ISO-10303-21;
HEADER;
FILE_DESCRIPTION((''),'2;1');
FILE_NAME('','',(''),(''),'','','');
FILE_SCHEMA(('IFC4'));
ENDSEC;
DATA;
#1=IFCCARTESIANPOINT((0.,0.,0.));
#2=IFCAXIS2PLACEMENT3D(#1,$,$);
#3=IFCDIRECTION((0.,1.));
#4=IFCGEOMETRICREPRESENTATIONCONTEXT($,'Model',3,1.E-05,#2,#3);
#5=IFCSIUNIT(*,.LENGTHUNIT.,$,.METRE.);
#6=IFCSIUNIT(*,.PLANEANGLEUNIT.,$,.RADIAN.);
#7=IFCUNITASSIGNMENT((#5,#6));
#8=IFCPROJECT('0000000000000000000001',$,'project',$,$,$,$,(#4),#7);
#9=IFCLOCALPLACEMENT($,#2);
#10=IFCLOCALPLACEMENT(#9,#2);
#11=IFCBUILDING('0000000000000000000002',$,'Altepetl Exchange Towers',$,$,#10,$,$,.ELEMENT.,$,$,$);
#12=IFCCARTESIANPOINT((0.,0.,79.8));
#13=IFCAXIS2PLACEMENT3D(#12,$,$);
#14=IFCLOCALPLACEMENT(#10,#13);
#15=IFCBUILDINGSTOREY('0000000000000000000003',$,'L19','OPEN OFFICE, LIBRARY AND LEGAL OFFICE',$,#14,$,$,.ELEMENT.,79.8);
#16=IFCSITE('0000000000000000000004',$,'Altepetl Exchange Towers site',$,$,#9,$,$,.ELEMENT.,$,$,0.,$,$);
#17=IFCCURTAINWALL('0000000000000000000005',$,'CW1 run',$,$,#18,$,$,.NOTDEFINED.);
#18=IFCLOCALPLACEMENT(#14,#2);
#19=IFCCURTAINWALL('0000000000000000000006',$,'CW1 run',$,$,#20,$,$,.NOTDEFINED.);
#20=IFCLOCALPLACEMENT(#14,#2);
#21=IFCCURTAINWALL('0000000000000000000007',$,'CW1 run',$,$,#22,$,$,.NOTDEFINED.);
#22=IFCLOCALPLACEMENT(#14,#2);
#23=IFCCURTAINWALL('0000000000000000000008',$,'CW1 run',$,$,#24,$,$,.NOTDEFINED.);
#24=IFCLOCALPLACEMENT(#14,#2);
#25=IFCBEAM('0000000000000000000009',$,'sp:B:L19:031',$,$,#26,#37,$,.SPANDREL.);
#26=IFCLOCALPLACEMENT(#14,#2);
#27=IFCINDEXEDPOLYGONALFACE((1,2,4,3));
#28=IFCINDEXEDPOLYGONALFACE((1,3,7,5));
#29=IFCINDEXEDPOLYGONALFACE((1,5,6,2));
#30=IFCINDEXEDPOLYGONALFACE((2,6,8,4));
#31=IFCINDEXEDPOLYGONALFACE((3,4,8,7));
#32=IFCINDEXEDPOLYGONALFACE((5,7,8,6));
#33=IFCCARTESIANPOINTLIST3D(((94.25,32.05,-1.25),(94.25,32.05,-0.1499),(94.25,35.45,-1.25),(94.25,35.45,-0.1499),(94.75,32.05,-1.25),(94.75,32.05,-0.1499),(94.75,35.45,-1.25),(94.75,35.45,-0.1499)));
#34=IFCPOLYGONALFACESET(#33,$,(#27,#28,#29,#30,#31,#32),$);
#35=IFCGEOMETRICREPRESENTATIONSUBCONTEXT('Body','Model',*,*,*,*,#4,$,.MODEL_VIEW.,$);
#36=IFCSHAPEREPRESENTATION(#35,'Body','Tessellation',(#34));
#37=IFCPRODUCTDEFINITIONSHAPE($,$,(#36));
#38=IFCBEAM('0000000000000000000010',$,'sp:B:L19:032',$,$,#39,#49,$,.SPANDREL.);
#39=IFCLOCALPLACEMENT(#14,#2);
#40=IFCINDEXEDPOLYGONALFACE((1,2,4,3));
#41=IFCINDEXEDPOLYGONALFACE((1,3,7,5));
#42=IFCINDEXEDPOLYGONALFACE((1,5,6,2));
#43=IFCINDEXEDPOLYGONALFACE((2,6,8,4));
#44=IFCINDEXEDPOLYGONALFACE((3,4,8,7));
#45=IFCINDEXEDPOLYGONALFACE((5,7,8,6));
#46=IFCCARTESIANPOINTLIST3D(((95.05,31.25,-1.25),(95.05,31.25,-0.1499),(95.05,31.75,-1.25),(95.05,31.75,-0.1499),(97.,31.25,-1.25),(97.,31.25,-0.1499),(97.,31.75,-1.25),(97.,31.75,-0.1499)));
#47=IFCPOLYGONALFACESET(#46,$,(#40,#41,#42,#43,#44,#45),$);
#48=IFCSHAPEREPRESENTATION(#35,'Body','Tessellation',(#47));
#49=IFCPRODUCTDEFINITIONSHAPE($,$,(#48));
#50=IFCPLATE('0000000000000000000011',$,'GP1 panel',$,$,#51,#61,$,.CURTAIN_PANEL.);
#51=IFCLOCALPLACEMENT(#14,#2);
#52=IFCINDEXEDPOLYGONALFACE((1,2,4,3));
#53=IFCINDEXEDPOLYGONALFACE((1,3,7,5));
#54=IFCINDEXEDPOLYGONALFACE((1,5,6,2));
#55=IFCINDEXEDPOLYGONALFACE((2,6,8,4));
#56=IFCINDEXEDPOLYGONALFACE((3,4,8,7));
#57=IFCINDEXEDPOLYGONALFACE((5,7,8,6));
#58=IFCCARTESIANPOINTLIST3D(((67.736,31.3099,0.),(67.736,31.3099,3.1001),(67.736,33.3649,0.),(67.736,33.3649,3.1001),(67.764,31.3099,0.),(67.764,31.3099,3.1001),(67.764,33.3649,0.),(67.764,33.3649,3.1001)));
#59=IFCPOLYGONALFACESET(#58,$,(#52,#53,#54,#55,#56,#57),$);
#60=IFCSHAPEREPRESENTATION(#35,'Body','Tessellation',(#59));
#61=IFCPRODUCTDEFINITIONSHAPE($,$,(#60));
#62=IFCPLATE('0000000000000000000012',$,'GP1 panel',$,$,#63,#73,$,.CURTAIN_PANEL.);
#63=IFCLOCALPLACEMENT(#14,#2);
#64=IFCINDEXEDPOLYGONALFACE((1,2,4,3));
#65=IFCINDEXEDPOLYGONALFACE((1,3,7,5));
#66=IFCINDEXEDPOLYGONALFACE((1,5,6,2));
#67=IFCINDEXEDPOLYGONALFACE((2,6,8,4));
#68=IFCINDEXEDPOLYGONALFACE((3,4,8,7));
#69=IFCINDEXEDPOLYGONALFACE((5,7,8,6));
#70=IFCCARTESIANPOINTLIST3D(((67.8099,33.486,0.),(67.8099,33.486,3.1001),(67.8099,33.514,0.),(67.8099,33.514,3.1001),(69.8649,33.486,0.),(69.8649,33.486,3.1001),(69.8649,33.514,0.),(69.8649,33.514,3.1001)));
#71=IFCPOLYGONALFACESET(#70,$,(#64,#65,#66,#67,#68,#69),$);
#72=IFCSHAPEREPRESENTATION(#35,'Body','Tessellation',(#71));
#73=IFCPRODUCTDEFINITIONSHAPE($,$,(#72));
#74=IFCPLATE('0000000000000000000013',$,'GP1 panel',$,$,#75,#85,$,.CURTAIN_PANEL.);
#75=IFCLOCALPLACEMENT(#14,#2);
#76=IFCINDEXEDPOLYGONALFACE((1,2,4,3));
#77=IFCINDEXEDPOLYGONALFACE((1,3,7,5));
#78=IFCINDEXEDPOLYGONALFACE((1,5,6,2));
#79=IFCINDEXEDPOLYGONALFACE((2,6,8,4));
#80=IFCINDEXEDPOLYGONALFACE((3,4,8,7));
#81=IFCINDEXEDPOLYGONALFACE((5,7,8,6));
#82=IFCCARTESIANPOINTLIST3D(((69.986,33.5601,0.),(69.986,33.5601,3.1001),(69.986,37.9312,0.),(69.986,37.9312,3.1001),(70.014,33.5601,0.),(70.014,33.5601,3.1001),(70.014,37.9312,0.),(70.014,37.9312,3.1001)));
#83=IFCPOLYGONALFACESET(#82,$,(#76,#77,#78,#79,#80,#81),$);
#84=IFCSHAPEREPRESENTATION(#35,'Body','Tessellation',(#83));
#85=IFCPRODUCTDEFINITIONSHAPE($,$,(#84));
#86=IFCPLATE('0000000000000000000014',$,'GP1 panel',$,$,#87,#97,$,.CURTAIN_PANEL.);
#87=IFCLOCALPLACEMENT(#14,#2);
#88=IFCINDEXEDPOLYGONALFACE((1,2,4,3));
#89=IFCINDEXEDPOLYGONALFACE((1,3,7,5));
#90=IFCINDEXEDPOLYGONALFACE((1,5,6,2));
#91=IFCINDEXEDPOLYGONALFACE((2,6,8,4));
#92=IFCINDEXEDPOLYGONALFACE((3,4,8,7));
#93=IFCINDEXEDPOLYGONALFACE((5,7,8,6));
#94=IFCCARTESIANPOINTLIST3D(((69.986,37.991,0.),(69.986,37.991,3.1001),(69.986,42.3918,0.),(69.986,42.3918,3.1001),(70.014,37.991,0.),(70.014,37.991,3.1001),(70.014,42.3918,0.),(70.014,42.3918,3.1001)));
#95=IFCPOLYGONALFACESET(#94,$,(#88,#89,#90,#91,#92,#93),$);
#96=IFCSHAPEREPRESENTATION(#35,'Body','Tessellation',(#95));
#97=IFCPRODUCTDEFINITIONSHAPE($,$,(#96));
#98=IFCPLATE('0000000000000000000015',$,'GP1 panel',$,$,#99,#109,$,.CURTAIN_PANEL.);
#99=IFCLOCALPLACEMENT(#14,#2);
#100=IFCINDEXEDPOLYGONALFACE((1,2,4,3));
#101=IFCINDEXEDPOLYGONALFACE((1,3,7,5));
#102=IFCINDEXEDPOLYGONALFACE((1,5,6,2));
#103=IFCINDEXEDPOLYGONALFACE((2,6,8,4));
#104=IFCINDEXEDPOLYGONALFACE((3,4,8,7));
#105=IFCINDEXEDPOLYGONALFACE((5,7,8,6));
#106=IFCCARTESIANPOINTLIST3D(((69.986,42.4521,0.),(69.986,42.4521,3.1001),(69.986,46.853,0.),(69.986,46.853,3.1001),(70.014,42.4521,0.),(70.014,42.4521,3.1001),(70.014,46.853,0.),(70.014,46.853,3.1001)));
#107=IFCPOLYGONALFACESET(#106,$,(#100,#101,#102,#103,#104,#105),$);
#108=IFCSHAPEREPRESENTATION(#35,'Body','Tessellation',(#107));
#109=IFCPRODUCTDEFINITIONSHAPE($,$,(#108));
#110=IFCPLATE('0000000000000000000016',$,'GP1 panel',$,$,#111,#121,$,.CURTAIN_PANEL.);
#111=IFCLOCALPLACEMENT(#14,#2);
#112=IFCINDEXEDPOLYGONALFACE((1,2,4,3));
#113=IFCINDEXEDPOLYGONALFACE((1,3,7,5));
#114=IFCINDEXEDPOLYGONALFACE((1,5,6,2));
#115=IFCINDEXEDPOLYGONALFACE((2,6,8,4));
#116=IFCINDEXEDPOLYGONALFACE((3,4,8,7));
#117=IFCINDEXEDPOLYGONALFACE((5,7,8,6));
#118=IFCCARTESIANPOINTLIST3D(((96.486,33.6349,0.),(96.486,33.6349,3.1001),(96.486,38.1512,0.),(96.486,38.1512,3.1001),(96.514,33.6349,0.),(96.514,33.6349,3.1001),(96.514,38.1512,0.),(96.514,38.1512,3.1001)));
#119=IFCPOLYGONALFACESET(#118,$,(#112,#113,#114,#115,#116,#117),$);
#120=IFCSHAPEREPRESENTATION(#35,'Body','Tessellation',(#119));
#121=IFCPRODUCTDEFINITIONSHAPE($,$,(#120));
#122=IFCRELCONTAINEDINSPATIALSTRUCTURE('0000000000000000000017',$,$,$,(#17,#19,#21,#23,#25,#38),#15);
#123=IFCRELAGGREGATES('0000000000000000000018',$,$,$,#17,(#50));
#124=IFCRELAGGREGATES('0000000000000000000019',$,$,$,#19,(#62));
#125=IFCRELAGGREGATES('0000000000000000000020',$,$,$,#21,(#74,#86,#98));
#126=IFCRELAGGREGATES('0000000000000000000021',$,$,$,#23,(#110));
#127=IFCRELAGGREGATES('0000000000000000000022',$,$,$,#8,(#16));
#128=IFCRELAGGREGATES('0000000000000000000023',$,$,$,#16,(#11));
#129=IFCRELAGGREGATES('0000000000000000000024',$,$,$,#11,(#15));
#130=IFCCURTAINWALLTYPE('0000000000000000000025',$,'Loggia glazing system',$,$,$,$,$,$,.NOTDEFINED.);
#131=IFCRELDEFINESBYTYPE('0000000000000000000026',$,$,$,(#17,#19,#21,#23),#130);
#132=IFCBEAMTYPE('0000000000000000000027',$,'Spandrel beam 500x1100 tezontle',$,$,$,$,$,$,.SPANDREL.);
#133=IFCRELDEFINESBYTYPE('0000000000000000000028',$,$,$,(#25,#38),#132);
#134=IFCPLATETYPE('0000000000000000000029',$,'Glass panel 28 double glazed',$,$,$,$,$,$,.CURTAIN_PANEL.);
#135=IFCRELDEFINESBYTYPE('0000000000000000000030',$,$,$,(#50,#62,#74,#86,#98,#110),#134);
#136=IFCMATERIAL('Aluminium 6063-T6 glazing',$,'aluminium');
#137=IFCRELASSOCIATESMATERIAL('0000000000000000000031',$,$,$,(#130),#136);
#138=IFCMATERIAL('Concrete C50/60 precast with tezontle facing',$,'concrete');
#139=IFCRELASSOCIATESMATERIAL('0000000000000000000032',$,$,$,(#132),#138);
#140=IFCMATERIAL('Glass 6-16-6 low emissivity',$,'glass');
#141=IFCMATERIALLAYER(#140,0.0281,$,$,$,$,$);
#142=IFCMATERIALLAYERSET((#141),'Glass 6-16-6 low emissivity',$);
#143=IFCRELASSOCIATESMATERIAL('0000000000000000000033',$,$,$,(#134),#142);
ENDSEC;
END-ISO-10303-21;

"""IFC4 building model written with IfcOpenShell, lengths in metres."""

from ifc_helpers import new_model, si_unit, direction, frame, origin, origin_2d, place, context, subcontext, project, spatial, rectangle, extrude, material, layer, layer_set, material_profile, profile_set, type_object, element, aggregate, save


model = new_model("IFC4")

# Units and contexts
model_context = context("Model", 3, precision=1e-05, world=origin(), true_north=direction((0.0, 1.0)))
body_context = subcontext(model_context, "Body", "Model", "MODEL_VIEW")
ifc_project = project(units=[si_unit("LENGTHUNIT", "METRE"), si_unit("PLANEANGLEUNIT", "RADIAN")], contexts=[model_context])

# Site, building, storey
site_placement = place(None, origin())
site = spatial("IfcSite", under=ifc_project, at=site_placement, Name="Altepetl Exchange Towers site", CompositionType="ELEMENT", RefElevation=0.0)
building_placement = place(site_placement, origin())
building = spatial("IfcBuilding", under=site, at=building_placement, Name="Altepetl Exchange Towers", CompositionType="ELEMENT")
storey_placement = place(building_placement, frame((0.0, 0.0, 79.8)))
storey = spatial("IfcBuildingStorey", under=building, at=storey_placement, Name="L19", Description="OPEN OFFICE, LIBRARY AND LEGAL OFFICE", CompositionType="ELEMENT", Elevation=79.8)

# Curtain walls
ifc_material_1 = material(Name="Aluminium 6063-T6 glazing", Category="aluminium")
curtain_wall_type = type_object("IfcCurtainWallType", Name="Loggia glazing system", PredefinedType="NOTDEFINED", material=ifc_material_1)
curtain_wall_1_placement = place(storey_placement, origin())
curtain_wall_1 = element("IfcCurtainWall", 1, at=curtain_wall_1_placement, inside=storey, type_object=curtain_wall_type, Name="CW1 run", PredefinedType="NOTDEFINED")
curtain_wall_2_placement = place(storey_placement, origin())
curtain_wall_2 = element("IfcCurtainWall", 2, at=curtain_wall_2_placement, inside=storey, type_object=curtain_wall_type, Name="CW1 run", PredefinedType="NOTDEFINED")
curtain_wall_3_placement = place(storey_placement, origin())
curtain_wall_3 = element("IfcCurtainWall", 3, at=curtain_wall_3_placement, inside=storey, type_object=curtain_wall_type, Name="CW1 run", PredefinedType="NOTDEFINED")

# Curtain wall
curtain_wall_4_placement = place(storey_placement, origin())
curtain_wall_4 = element("IfcCurtainWall", 4, at=curtain_wall_4_placement, inside=storey, type_object=curtain_wall_type, Name="CW1 run", PredefinedType="NOTDEFINED")

# Beams
ifc_material_2 = material(Name="Concrete C50/60 precast with tezontle facing", Category="concrete")
ifc_material_profile_1 = material_profile(ifc_material_2, rectangle(XDim=0.5, YDim=1.1001, at=origin_2d()), Name="500 x 1100")
ifc_profile_set_1 = profile_set([ifc_material_profile_1], Name="Concrete C50/60 precast with tezontle facing")
beam_type_1 = type_object("IfcBeamType", Name="Spandrel beam 500x1100 tezontle", PredefinedType="SPANDREL", material=ifc_profile_set_1)
beam_1_placement = place(storey_placement, frame((94.5, 35.45, -0.7), z_axis=(0.0, -1.0, 0.0), x_axis=(1.0, 0.0, 0.0)))
element("IfcBeam", 5, at=beam_1_placement, inside=storey, type_object=beam_type_1, Name="sp:B:L19:031", PredefinedType="SPANDREL", context=body_context, shape_type="SweptSolid", body=[
    extrude(rectangle(XDim=0.5, YDim=1.1001, at=origin_2d()), origin(), (0.0, 0.0, 1.0), 3.3999),
])
beam_2_placement = place(storey_placement, frame((95.05, 31.5, -0.7), z_axis=(1.0, 0.0, 0.0), x_axis=(0.0, 1.0, 0.0)))
element("IfcBeam", 6, at=beam_2_placement, inside=storey, type_object=beam_type_1, Name="sp:B:L19:032", PredefinedType="SPANDREL", context=body_context, shape_type="SweptSolid", body=[
    extrude(rectangle(XDim=0.5, YDim=1.1001, at=origin_2d()), origin(), (0.0, 0.0, 1.0), 1.95),
])

# Plates
ifc_material_3 = material(Name="Glass 6-16-6 low emissivity", Category="glass")
ifc_layer = layer(ifc_material_3, 0.0281)
ifc_layer_set = layer_set([ifc_layer], Name="Glass 6-16-6 low emissivity")
plate_type = type_object("IfcPlateType", Name="Glass panel 28 double glazed", PredefinedType="CURTAIN_PANEL", material=ifc_layer_set)
plate_1_placement = place(storey_placement, frame((67.75, 32.3374, 0.0), z_axis=(0.0, 0.0, 1.0), x_axis=(0.0, 1.0, 0.0)))
plate_1 = element("IfcPlate", 7, at=plate_1_placement, type_object=plate_type, Name="GP1 panel", PredefinedType="CURTAIN_PANEL", context=body_context, shape_type="SweptSolid", body=[
    extrude(rectangle(XDim=2.0549, YDim=0.0281, at=origin_2d()), origin(), (0.0, 0.0, 1.0), 3.1001),
])
aggregate(curtain_wall_1, [plate_1])
plate_2_placement = place(storey_placement, frame((68.8374, 33.5, 0.0)))
plate_2 = element("IfcPlate", 8, at=plate_2_placement, type_object=plate_type, Name="GP1 panel", PredefinedType="CURTAIN_PANEL", context=body_context, shape_type="SweptSolid", body=[
    extrude(rectangle(XDim=2.0549, YDim=0.0281, at=origin_2d()), origin(), (0.0, 0.0, 1.0), 3.1001),
])
aggregate(curtain_wall_2, [plate_2])
plate_3_placement = place(storey_placement, frame((70.0, 35.7456, 0.0), z_axis=(0.0, 0.0, 1.0), x_axis=(0.0, 1.0, 0.0)))
plate_3 = element("IfcPlate", 9, at=plate_3_placement, type_object=plate_type, Name="GP1 panel", PredefinedType="CURTAIN_PANEL", context=body_context, shape_type="SweptSolid", body=[
    extrude(rectangle(XDim=4.3711, YDim=0.0281, at=origin_2d()), origin(), (0.0, 0.0, 1.0), 3.1001),
])
plate_4_placement = place(storey_placement, frame((70.0, 40.1914, 0.0), z_axis=(0.0, 0.0, 1.0), x_axis=(0.0, 1.0, 0.0)))
plate_4 = element("IfcPlate", 10, at=plate_4_placement, type_object=plate_type, Name="GP1 panel", PredefinedType="CURTAIN_PANEL", context=body_context, shape_type="SweptSolid", body=[
    extrude(rectangle(XDim=4.4009, YDim=0.0281, at=origin_2d()), origin(), (0.0, 0.0, 1.0), 3.1001),
])
plate_5_placement = place(storey_placement, frame((70.0, 44.6526, 0.0), z_axis=(0.0, 0.0, 1.0), x_axis=(0.0, 1.0, 0.0)))
plate_5 = element("IfcPlate", 11, at=plate_5_placement, type_object=plate_type, Name="GP1 panel", PredefinedType="CURTAIN_PANEL", context=body_context, shape_type="SweptSolid", body=[
    extrude(rectangle(XDim=4.4009, YDim=0.0281, at=origin_2d()), origin(), (0.0, 0.0, 1.0), 3.1001),
])
aggregate(curtain_wall_3, [plate_3, plate_4, plate_5])
plate_6_placement = place(storey_placement, frame((96.5, 35.8931, 0.0), z_axis=(0.0, 0.0, 1.0), x_axis=(0.0, -1.0, 0.0)))
plate_6 = element("IfcPlate", 12, at=plate_6_placement, type_object=plate_type, Name="GP1 panel", PredefinedType="CURTAIN_PANEL", context=body_context, shape_type="SweptSolid", body=[
    extrude(rectangle(XDim=4.5164, YDim=0.0281, at=origin_2d()), origin(), (0.0, 0.0, 1.0), 3.1001),
])
aggregate(curtain_wall_4, [plate_6])

save(model, "model.ifc")
